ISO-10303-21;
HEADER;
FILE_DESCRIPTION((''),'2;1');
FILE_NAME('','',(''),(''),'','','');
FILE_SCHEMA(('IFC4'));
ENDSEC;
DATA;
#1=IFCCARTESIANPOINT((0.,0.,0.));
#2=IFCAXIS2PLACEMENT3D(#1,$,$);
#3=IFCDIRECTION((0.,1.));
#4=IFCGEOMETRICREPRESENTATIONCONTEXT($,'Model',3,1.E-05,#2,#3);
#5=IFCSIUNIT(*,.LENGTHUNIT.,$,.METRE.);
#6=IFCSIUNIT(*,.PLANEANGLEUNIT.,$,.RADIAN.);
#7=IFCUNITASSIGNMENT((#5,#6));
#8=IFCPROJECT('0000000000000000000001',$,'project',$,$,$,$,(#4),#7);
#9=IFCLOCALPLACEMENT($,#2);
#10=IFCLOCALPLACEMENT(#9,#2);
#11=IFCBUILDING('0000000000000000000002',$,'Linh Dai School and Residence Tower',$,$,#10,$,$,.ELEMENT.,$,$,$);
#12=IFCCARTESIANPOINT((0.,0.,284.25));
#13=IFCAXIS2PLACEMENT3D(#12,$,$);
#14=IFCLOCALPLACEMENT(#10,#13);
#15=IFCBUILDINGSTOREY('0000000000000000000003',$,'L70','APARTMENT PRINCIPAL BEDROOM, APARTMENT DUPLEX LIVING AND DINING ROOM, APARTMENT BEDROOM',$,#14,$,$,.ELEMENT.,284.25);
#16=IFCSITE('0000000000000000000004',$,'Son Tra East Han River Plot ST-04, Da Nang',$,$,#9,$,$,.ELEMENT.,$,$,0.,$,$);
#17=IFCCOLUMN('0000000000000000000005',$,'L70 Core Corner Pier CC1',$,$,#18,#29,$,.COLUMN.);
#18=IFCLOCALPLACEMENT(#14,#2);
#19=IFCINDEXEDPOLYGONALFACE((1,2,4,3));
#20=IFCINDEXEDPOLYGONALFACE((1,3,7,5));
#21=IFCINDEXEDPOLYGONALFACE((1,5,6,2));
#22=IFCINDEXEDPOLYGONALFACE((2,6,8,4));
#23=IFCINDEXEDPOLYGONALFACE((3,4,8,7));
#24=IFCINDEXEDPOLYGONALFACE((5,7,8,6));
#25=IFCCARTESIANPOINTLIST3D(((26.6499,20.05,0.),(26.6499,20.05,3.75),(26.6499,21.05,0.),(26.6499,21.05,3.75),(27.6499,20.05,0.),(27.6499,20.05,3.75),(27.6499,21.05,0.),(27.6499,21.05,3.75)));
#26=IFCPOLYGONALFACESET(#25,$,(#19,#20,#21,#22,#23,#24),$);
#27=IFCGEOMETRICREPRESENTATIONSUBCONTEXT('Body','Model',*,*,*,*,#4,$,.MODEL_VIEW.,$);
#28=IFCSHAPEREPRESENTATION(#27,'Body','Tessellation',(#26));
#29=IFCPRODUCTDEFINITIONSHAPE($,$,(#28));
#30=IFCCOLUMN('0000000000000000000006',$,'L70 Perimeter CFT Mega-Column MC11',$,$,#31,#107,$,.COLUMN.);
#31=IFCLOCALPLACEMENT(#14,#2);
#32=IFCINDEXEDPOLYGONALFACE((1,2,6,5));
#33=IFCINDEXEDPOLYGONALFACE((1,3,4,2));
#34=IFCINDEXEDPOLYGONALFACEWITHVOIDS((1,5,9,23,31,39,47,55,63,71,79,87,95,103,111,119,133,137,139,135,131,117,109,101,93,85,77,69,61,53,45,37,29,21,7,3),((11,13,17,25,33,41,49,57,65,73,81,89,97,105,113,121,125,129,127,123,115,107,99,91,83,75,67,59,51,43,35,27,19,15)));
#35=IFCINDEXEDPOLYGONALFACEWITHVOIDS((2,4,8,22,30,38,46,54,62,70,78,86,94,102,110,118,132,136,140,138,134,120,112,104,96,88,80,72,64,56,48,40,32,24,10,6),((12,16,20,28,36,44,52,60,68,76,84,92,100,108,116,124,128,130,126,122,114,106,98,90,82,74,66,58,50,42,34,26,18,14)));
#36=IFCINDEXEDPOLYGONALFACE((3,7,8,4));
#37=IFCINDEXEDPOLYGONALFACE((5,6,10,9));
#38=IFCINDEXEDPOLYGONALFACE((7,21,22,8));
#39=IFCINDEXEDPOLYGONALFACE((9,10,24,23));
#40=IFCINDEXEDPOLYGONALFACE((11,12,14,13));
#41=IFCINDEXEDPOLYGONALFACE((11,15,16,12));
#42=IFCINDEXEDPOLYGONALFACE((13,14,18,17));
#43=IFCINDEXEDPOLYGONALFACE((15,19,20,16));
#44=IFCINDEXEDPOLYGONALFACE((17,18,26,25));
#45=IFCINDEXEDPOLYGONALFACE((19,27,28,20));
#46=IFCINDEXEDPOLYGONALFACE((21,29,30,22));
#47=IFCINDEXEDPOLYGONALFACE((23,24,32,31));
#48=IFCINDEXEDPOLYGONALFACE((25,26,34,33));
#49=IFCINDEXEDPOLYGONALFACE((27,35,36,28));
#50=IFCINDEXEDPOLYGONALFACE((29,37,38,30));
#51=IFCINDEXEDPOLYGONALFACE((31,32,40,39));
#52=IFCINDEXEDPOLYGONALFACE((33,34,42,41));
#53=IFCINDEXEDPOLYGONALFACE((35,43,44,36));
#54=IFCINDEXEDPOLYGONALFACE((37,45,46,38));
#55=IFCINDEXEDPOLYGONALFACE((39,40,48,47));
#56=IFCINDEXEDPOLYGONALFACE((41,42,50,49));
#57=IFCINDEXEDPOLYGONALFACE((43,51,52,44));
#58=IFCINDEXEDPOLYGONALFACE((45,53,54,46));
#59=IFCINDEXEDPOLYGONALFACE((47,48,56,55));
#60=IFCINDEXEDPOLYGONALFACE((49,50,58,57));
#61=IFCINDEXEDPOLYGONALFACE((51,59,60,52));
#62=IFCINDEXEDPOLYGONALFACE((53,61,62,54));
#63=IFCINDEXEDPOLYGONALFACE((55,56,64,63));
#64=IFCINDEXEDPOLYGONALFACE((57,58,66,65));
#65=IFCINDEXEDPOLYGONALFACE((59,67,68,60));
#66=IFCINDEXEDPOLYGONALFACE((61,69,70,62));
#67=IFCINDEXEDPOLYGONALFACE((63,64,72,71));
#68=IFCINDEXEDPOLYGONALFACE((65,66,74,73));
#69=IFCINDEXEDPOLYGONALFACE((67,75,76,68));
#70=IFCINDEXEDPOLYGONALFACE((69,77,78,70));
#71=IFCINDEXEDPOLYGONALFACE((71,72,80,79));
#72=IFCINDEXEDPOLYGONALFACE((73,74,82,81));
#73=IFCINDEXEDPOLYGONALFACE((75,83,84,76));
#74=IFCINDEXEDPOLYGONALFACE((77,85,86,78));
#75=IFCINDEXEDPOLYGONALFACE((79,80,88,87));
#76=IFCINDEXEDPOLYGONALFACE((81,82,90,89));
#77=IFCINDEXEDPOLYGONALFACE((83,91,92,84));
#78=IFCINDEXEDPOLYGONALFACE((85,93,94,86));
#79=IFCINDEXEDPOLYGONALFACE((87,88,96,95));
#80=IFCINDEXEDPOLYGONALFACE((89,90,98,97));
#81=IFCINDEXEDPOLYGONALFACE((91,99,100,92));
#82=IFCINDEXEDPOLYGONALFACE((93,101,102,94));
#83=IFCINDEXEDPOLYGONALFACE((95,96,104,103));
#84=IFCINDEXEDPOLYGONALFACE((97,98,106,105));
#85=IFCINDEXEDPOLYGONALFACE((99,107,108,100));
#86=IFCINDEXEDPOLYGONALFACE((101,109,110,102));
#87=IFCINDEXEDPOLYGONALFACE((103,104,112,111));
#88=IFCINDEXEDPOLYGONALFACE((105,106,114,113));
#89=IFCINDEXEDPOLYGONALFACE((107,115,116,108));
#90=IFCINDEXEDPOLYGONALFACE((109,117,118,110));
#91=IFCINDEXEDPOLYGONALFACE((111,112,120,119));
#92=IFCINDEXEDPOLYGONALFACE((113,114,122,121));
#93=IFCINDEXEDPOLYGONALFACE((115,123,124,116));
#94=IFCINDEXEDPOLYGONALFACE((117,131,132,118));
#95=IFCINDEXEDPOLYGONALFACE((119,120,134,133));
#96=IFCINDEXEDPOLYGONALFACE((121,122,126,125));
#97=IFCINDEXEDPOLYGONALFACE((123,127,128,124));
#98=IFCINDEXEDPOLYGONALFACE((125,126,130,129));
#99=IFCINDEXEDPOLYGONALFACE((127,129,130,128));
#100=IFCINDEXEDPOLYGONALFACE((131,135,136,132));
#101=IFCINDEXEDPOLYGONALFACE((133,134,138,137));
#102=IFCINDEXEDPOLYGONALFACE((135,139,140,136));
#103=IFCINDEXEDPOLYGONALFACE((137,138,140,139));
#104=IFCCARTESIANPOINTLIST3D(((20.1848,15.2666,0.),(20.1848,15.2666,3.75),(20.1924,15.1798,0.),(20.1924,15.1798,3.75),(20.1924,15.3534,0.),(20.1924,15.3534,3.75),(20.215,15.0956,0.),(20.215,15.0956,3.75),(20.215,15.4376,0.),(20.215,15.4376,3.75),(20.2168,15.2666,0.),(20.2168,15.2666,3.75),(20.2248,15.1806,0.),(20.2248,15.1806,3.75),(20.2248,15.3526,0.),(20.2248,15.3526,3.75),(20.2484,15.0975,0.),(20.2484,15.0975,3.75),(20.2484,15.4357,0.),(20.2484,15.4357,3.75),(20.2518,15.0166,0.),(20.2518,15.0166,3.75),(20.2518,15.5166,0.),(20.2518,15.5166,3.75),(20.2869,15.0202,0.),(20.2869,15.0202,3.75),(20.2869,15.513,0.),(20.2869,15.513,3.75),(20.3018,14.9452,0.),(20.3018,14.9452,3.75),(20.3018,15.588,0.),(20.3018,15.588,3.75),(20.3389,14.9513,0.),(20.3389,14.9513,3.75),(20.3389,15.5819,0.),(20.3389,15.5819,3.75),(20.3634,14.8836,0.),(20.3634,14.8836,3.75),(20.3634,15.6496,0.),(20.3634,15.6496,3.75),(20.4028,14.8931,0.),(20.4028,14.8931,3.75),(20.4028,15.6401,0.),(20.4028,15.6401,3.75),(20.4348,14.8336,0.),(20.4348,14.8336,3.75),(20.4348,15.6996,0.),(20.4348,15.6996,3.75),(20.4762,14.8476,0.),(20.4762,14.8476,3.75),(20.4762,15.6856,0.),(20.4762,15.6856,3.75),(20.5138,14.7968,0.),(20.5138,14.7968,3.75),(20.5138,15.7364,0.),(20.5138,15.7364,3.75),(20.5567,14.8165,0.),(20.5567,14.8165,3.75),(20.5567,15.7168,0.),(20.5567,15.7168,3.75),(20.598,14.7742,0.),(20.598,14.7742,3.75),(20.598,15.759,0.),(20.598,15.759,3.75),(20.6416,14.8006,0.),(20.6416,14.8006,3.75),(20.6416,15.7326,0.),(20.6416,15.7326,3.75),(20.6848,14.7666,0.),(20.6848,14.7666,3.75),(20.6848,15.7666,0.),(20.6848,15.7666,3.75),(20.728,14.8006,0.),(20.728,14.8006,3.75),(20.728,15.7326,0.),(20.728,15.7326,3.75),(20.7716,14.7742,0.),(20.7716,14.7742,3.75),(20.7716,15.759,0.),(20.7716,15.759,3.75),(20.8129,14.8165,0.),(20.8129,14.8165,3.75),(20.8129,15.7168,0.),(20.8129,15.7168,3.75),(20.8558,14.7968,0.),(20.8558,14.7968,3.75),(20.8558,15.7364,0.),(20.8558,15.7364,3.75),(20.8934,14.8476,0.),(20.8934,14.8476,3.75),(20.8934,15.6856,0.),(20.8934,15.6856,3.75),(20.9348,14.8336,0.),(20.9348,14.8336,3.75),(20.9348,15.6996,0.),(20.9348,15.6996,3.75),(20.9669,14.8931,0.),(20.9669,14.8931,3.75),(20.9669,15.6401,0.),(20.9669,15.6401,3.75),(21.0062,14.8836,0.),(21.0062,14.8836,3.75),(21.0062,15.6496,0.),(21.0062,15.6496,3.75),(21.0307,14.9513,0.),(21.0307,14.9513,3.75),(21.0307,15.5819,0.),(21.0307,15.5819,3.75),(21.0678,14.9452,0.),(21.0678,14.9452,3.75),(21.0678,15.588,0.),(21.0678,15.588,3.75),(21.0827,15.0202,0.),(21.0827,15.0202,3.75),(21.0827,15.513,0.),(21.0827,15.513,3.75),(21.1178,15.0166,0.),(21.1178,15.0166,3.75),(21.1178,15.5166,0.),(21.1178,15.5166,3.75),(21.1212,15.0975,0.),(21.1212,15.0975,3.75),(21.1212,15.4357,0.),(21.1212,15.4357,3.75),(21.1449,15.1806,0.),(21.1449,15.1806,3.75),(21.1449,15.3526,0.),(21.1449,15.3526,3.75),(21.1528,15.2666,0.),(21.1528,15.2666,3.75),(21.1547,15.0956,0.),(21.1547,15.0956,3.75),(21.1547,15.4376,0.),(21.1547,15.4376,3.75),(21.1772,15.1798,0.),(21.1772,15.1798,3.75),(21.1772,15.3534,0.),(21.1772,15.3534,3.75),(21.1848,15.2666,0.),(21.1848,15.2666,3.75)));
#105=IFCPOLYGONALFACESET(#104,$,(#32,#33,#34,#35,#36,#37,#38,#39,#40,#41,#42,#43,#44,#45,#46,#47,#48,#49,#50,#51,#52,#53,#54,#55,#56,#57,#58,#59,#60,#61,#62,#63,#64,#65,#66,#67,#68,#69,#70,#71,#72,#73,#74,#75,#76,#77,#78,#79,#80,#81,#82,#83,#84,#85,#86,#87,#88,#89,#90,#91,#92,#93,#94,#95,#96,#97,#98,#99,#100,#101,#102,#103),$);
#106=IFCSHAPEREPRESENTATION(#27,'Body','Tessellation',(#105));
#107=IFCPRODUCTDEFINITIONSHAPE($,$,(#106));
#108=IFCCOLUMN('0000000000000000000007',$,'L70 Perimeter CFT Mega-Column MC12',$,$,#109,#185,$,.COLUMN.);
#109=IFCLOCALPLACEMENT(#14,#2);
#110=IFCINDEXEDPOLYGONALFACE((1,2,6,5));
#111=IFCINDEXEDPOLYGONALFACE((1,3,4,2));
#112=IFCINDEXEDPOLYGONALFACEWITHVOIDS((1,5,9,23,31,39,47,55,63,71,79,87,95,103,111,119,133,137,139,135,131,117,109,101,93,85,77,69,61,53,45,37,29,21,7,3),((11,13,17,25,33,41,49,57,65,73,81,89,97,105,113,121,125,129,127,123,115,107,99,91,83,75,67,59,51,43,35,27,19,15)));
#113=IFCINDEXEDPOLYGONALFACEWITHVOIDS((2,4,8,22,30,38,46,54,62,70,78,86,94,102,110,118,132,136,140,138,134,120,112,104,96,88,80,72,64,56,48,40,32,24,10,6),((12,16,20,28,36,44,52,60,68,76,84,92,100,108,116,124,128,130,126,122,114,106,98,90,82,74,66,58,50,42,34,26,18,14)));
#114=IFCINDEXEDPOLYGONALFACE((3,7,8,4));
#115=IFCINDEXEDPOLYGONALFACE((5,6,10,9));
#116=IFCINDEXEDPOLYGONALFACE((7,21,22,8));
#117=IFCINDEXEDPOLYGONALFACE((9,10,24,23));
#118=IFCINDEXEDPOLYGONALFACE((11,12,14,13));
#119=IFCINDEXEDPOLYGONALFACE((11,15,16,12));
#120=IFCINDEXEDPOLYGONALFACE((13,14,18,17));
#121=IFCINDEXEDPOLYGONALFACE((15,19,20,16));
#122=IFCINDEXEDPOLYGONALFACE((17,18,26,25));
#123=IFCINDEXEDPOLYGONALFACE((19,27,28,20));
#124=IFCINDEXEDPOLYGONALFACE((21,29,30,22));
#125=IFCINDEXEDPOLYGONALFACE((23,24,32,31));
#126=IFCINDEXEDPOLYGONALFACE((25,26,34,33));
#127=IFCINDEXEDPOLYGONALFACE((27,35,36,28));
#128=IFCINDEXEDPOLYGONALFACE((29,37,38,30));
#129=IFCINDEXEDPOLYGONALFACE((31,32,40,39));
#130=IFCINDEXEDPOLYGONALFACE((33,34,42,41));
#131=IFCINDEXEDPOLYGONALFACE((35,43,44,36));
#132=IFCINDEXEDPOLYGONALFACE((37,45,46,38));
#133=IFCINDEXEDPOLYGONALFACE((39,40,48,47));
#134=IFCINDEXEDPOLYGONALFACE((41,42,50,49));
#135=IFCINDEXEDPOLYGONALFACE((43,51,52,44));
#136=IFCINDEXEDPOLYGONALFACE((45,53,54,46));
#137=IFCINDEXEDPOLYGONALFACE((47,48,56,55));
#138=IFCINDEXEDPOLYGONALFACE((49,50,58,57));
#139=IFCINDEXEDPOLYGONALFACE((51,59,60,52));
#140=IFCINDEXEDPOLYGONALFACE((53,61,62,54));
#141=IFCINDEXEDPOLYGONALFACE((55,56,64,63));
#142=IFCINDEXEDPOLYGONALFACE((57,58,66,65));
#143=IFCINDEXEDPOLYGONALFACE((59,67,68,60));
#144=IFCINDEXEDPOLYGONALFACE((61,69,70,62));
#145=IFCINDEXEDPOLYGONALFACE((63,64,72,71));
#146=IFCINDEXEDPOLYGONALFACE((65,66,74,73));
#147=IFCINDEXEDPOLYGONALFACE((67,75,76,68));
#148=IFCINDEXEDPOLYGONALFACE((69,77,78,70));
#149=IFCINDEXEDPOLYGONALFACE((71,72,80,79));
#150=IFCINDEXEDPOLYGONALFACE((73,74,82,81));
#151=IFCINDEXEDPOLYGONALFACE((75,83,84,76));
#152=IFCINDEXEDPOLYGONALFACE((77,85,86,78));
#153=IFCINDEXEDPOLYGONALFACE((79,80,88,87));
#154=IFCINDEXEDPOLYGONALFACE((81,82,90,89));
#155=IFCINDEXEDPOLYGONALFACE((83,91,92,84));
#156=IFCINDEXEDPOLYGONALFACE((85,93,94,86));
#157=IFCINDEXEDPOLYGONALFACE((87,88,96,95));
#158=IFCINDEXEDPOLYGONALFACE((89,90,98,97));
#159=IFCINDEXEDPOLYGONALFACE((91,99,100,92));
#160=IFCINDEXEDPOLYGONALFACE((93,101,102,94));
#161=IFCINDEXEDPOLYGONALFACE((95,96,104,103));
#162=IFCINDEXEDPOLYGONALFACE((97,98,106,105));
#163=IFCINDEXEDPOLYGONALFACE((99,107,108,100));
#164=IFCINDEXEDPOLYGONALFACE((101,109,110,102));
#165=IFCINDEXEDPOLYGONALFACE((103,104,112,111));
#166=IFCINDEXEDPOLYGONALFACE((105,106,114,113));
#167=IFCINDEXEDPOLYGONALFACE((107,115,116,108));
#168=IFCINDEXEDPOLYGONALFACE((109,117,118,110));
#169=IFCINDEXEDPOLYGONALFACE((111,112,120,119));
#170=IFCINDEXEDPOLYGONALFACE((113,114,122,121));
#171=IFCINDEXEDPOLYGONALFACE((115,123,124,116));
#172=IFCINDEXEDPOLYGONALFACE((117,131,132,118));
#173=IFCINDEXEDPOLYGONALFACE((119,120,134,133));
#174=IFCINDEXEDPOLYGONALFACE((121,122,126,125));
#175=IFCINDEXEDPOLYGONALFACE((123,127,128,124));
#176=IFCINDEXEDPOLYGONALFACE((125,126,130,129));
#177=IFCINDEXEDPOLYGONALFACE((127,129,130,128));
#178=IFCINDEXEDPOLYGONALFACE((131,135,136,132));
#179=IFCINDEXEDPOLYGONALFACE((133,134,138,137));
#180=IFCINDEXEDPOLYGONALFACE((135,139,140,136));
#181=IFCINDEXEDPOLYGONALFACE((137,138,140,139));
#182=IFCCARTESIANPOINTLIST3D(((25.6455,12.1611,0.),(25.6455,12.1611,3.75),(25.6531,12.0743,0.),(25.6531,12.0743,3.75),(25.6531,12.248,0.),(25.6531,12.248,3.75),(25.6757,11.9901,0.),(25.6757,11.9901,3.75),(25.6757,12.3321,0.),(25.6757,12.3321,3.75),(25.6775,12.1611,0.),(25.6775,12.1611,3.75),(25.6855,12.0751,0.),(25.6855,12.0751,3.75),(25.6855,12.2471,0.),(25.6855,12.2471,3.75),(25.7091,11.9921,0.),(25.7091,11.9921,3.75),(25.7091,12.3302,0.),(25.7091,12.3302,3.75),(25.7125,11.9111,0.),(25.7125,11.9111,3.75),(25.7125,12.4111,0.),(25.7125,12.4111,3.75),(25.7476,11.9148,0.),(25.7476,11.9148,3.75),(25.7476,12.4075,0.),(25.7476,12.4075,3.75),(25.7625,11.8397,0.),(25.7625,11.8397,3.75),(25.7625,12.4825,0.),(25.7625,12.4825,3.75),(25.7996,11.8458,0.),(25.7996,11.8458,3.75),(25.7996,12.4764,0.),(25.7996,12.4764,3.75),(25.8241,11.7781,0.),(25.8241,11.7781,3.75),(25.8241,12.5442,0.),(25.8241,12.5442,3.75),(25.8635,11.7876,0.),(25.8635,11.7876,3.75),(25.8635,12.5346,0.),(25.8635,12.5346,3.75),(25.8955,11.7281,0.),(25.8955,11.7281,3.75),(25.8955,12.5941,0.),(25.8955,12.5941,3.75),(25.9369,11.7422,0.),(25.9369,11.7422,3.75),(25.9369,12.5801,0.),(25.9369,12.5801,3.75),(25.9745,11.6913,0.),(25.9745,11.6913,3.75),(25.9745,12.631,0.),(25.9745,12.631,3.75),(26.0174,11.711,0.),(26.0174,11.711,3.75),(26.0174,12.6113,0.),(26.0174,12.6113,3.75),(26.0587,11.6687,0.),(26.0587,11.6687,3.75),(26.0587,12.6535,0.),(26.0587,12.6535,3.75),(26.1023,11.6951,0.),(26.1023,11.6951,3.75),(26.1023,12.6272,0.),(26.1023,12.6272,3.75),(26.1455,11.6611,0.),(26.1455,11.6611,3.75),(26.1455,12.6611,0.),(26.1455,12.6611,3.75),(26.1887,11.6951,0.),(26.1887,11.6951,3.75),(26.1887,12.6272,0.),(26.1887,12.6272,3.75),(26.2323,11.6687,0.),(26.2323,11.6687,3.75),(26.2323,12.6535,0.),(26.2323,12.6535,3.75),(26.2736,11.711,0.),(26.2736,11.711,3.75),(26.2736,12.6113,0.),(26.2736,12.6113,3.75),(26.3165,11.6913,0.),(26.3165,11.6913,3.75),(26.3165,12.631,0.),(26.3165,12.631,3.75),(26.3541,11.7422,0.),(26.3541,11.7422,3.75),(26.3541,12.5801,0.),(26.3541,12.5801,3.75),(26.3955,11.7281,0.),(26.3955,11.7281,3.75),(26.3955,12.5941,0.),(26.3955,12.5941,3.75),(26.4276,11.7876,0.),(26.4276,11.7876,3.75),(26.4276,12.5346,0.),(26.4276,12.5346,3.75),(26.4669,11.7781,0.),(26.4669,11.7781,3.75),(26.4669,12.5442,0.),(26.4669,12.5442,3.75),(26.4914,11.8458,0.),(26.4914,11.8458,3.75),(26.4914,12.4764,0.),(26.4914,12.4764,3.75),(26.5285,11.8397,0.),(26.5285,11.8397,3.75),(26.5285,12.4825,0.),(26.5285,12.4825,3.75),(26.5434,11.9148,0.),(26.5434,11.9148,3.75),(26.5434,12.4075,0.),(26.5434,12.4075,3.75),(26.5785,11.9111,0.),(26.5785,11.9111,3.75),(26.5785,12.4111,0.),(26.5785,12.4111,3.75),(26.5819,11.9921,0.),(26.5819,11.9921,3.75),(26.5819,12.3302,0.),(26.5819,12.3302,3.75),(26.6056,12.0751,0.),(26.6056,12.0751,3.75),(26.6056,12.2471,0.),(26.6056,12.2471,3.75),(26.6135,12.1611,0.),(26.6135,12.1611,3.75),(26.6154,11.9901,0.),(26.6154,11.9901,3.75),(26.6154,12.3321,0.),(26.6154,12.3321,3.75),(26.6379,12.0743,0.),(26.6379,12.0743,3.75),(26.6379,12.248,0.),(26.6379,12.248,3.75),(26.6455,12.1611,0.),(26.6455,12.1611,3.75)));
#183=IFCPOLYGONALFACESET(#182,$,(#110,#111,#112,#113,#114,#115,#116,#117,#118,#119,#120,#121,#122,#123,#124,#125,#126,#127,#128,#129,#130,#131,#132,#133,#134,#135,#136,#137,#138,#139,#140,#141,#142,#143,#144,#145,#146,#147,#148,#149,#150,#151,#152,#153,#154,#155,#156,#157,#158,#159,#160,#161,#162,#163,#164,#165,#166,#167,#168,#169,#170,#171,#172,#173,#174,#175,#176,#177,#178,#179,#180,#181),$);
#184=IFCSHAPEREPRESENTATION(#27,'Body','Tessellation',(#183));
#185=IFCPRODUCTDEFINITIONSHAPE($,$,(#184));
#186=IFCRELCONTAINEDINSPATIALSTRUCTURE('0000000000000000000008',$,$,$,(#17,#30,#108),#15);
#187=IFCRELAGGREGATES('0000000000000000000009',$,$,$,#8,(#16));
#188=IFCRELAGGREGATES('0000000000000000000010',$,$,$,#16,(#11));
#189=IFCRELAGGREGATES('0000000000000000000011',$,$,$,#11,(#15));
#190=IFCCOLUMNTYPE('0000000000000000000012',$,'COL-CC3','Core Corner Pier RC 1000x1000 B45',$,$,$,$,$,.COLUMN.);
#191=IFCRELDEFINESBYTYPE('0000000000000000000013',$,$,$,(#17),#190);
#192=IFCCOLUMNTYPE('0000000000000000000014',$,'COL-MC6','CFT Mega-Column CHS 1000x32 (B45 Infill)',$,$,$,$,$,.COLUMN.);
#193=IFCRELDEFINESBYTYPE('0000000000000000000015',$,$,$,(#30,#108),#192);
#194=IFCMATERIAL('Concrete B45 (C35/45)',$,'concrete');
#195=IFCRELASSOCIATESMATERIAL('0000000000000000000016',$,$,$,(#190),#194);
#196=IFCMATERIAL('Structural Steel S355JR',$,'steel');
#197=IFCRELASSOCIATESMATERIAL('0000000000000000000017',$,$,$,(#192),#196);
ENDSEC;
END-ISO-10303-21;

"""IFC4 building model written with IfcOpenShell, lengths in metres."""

from ifc_helpers import new_model, si_unit, direction, frame, origin, origin_2d, place, context, subcontext, project, spatial, rectangle, hollow_circle, extrude, material, material_profile, profile_set, type_object, element, save


model = new_model("IFC4")

# Units and contexts
model_context = context("Model", 3, precision=1e-05, world=origin(), true_north=direction((0.0, 1.0)))
body_context = subcontext(model_context, "Body", "Model", "MODEL_VIEW")
ifc_project = project(units=[si_unit("LENGTHUNIT", "METRE"), si_unit("PLANEANGLEUNIT", "RADIAN")], contexts=[model_context])

# Site, building, storey
site_placement = place(None, origin())
site = spatial("IfcSite", under=ifc_project, at=site_placement, Name="Son Tra East Han River Plot ST-04, Da Nang", CompositionType="ELEMENT", RefElevation=0.0)
building_placement = place(site_placement, origin())
building = spatial("IfcBuilding", under=site, at=building_placement, Name="Linh Dai School and Residence Tower", CompositionType="ELEMENT")
storey_placement = place(building_placement, frame((0.0, 0.0, 284.25)))
storey = spatial("IfcBuildingStorey", under=building, at=storey_placement, Name="L70", Description="APARTMENT PRINCIPAL BEDROOM, APARTMENT DUPLEX LIVING AND DINING ROOM, APARTMENT BEDROOM", CompositionType="ELEMENT", Elevation=284.25)

# Columns
ifc_material_1 = material(Name="Concrete B45 (C35/45)", Category="concrete")
ifc_material_profile_1 = material_profile(ifc_material_1, rectangle(XDim=1.0, YDim=1.0, at=origin_2d()), Name="RC 1000x1000")
ifc_profile_set_1 = profile_set([ifc_material_profile_1], Name="Concrete B45 (C35/45)")
column_type_1 = type_object("IfcColumnType", Name="COL-CC3", Description="Core Corner Pier RC 1000x1000 B45", PredefinedType="COLUMN", material=ifc_profile_set_1)
column_placement = place(storey_placement, frame((27.1499, 20.55, 0.0), z_axis=(0.0, 0.0, 1.0), x_axis=(1.0, 0.0, 0.0)))
element("IfcColumn", 1, at=column_placement, inside=storey, type_object=column_type_1, Name="L70 Core Corner Pier CC1", PredefinedType="COLUMN", context=body_context, shape_type="SweptSolid", body=[
    extrude(rectangle(XDim=1.0, YDim=1.0, at=origin_2d()), origin(), (0.0, 0.0, 1.0), 3.75),
])
ifc_material_2 = material(Name="Structural Steel S355JR", Category="steel")
ifc_material_profile_2 = material_profile(ifc_material_2, hollow_circle(Radius=0.5, WallThickness=0.032, at=origin_2d()), Name="CHS 1000x32")
ifc_profile_set_2 = profile_set([ifc_material_profile_2], Name="Structural Steel S355JR")
column_type_2 = type_object("IfcColumnType", Name="COL-MC6", Description="CFT Mega-Column CHS 1000x32 (B45 Infill)", PredefinedType="COLUMN", material=ifc_profile_set_2)
for number, where, z_axis, x_axis, name in (
    (2, (20.6848, 15.2666, 0.0), (0.0, 0.0, 1.0), (1.0, 0.0, 0.0), "L70 Perimeter CFT Mega-Column MC11"),
    (3, (26.1455, 12.1611, 0.0), (0.0, 0.0, 1.0), (1.0, 0.0, 0.0), "L70 Perimeter CFT Mega-Column MC12"),
):
    element("IfcColumn", number, at=place(storey_placement, frame(where, z_axis=z_axis, x_axis=x_axis)), inside=storey, type_object=column_type_2, Name=name, PredefinedType="COLUMN", context=body_context, shape_type="SweptSolid", body=[
        extrude(hollow_circle(Radius=0.5, WallThickness=0.032, at=origin_2d()), origin(), (0.0, 0.0, 1.0), 3.75),
    ])

save(model, "model.ifc")
